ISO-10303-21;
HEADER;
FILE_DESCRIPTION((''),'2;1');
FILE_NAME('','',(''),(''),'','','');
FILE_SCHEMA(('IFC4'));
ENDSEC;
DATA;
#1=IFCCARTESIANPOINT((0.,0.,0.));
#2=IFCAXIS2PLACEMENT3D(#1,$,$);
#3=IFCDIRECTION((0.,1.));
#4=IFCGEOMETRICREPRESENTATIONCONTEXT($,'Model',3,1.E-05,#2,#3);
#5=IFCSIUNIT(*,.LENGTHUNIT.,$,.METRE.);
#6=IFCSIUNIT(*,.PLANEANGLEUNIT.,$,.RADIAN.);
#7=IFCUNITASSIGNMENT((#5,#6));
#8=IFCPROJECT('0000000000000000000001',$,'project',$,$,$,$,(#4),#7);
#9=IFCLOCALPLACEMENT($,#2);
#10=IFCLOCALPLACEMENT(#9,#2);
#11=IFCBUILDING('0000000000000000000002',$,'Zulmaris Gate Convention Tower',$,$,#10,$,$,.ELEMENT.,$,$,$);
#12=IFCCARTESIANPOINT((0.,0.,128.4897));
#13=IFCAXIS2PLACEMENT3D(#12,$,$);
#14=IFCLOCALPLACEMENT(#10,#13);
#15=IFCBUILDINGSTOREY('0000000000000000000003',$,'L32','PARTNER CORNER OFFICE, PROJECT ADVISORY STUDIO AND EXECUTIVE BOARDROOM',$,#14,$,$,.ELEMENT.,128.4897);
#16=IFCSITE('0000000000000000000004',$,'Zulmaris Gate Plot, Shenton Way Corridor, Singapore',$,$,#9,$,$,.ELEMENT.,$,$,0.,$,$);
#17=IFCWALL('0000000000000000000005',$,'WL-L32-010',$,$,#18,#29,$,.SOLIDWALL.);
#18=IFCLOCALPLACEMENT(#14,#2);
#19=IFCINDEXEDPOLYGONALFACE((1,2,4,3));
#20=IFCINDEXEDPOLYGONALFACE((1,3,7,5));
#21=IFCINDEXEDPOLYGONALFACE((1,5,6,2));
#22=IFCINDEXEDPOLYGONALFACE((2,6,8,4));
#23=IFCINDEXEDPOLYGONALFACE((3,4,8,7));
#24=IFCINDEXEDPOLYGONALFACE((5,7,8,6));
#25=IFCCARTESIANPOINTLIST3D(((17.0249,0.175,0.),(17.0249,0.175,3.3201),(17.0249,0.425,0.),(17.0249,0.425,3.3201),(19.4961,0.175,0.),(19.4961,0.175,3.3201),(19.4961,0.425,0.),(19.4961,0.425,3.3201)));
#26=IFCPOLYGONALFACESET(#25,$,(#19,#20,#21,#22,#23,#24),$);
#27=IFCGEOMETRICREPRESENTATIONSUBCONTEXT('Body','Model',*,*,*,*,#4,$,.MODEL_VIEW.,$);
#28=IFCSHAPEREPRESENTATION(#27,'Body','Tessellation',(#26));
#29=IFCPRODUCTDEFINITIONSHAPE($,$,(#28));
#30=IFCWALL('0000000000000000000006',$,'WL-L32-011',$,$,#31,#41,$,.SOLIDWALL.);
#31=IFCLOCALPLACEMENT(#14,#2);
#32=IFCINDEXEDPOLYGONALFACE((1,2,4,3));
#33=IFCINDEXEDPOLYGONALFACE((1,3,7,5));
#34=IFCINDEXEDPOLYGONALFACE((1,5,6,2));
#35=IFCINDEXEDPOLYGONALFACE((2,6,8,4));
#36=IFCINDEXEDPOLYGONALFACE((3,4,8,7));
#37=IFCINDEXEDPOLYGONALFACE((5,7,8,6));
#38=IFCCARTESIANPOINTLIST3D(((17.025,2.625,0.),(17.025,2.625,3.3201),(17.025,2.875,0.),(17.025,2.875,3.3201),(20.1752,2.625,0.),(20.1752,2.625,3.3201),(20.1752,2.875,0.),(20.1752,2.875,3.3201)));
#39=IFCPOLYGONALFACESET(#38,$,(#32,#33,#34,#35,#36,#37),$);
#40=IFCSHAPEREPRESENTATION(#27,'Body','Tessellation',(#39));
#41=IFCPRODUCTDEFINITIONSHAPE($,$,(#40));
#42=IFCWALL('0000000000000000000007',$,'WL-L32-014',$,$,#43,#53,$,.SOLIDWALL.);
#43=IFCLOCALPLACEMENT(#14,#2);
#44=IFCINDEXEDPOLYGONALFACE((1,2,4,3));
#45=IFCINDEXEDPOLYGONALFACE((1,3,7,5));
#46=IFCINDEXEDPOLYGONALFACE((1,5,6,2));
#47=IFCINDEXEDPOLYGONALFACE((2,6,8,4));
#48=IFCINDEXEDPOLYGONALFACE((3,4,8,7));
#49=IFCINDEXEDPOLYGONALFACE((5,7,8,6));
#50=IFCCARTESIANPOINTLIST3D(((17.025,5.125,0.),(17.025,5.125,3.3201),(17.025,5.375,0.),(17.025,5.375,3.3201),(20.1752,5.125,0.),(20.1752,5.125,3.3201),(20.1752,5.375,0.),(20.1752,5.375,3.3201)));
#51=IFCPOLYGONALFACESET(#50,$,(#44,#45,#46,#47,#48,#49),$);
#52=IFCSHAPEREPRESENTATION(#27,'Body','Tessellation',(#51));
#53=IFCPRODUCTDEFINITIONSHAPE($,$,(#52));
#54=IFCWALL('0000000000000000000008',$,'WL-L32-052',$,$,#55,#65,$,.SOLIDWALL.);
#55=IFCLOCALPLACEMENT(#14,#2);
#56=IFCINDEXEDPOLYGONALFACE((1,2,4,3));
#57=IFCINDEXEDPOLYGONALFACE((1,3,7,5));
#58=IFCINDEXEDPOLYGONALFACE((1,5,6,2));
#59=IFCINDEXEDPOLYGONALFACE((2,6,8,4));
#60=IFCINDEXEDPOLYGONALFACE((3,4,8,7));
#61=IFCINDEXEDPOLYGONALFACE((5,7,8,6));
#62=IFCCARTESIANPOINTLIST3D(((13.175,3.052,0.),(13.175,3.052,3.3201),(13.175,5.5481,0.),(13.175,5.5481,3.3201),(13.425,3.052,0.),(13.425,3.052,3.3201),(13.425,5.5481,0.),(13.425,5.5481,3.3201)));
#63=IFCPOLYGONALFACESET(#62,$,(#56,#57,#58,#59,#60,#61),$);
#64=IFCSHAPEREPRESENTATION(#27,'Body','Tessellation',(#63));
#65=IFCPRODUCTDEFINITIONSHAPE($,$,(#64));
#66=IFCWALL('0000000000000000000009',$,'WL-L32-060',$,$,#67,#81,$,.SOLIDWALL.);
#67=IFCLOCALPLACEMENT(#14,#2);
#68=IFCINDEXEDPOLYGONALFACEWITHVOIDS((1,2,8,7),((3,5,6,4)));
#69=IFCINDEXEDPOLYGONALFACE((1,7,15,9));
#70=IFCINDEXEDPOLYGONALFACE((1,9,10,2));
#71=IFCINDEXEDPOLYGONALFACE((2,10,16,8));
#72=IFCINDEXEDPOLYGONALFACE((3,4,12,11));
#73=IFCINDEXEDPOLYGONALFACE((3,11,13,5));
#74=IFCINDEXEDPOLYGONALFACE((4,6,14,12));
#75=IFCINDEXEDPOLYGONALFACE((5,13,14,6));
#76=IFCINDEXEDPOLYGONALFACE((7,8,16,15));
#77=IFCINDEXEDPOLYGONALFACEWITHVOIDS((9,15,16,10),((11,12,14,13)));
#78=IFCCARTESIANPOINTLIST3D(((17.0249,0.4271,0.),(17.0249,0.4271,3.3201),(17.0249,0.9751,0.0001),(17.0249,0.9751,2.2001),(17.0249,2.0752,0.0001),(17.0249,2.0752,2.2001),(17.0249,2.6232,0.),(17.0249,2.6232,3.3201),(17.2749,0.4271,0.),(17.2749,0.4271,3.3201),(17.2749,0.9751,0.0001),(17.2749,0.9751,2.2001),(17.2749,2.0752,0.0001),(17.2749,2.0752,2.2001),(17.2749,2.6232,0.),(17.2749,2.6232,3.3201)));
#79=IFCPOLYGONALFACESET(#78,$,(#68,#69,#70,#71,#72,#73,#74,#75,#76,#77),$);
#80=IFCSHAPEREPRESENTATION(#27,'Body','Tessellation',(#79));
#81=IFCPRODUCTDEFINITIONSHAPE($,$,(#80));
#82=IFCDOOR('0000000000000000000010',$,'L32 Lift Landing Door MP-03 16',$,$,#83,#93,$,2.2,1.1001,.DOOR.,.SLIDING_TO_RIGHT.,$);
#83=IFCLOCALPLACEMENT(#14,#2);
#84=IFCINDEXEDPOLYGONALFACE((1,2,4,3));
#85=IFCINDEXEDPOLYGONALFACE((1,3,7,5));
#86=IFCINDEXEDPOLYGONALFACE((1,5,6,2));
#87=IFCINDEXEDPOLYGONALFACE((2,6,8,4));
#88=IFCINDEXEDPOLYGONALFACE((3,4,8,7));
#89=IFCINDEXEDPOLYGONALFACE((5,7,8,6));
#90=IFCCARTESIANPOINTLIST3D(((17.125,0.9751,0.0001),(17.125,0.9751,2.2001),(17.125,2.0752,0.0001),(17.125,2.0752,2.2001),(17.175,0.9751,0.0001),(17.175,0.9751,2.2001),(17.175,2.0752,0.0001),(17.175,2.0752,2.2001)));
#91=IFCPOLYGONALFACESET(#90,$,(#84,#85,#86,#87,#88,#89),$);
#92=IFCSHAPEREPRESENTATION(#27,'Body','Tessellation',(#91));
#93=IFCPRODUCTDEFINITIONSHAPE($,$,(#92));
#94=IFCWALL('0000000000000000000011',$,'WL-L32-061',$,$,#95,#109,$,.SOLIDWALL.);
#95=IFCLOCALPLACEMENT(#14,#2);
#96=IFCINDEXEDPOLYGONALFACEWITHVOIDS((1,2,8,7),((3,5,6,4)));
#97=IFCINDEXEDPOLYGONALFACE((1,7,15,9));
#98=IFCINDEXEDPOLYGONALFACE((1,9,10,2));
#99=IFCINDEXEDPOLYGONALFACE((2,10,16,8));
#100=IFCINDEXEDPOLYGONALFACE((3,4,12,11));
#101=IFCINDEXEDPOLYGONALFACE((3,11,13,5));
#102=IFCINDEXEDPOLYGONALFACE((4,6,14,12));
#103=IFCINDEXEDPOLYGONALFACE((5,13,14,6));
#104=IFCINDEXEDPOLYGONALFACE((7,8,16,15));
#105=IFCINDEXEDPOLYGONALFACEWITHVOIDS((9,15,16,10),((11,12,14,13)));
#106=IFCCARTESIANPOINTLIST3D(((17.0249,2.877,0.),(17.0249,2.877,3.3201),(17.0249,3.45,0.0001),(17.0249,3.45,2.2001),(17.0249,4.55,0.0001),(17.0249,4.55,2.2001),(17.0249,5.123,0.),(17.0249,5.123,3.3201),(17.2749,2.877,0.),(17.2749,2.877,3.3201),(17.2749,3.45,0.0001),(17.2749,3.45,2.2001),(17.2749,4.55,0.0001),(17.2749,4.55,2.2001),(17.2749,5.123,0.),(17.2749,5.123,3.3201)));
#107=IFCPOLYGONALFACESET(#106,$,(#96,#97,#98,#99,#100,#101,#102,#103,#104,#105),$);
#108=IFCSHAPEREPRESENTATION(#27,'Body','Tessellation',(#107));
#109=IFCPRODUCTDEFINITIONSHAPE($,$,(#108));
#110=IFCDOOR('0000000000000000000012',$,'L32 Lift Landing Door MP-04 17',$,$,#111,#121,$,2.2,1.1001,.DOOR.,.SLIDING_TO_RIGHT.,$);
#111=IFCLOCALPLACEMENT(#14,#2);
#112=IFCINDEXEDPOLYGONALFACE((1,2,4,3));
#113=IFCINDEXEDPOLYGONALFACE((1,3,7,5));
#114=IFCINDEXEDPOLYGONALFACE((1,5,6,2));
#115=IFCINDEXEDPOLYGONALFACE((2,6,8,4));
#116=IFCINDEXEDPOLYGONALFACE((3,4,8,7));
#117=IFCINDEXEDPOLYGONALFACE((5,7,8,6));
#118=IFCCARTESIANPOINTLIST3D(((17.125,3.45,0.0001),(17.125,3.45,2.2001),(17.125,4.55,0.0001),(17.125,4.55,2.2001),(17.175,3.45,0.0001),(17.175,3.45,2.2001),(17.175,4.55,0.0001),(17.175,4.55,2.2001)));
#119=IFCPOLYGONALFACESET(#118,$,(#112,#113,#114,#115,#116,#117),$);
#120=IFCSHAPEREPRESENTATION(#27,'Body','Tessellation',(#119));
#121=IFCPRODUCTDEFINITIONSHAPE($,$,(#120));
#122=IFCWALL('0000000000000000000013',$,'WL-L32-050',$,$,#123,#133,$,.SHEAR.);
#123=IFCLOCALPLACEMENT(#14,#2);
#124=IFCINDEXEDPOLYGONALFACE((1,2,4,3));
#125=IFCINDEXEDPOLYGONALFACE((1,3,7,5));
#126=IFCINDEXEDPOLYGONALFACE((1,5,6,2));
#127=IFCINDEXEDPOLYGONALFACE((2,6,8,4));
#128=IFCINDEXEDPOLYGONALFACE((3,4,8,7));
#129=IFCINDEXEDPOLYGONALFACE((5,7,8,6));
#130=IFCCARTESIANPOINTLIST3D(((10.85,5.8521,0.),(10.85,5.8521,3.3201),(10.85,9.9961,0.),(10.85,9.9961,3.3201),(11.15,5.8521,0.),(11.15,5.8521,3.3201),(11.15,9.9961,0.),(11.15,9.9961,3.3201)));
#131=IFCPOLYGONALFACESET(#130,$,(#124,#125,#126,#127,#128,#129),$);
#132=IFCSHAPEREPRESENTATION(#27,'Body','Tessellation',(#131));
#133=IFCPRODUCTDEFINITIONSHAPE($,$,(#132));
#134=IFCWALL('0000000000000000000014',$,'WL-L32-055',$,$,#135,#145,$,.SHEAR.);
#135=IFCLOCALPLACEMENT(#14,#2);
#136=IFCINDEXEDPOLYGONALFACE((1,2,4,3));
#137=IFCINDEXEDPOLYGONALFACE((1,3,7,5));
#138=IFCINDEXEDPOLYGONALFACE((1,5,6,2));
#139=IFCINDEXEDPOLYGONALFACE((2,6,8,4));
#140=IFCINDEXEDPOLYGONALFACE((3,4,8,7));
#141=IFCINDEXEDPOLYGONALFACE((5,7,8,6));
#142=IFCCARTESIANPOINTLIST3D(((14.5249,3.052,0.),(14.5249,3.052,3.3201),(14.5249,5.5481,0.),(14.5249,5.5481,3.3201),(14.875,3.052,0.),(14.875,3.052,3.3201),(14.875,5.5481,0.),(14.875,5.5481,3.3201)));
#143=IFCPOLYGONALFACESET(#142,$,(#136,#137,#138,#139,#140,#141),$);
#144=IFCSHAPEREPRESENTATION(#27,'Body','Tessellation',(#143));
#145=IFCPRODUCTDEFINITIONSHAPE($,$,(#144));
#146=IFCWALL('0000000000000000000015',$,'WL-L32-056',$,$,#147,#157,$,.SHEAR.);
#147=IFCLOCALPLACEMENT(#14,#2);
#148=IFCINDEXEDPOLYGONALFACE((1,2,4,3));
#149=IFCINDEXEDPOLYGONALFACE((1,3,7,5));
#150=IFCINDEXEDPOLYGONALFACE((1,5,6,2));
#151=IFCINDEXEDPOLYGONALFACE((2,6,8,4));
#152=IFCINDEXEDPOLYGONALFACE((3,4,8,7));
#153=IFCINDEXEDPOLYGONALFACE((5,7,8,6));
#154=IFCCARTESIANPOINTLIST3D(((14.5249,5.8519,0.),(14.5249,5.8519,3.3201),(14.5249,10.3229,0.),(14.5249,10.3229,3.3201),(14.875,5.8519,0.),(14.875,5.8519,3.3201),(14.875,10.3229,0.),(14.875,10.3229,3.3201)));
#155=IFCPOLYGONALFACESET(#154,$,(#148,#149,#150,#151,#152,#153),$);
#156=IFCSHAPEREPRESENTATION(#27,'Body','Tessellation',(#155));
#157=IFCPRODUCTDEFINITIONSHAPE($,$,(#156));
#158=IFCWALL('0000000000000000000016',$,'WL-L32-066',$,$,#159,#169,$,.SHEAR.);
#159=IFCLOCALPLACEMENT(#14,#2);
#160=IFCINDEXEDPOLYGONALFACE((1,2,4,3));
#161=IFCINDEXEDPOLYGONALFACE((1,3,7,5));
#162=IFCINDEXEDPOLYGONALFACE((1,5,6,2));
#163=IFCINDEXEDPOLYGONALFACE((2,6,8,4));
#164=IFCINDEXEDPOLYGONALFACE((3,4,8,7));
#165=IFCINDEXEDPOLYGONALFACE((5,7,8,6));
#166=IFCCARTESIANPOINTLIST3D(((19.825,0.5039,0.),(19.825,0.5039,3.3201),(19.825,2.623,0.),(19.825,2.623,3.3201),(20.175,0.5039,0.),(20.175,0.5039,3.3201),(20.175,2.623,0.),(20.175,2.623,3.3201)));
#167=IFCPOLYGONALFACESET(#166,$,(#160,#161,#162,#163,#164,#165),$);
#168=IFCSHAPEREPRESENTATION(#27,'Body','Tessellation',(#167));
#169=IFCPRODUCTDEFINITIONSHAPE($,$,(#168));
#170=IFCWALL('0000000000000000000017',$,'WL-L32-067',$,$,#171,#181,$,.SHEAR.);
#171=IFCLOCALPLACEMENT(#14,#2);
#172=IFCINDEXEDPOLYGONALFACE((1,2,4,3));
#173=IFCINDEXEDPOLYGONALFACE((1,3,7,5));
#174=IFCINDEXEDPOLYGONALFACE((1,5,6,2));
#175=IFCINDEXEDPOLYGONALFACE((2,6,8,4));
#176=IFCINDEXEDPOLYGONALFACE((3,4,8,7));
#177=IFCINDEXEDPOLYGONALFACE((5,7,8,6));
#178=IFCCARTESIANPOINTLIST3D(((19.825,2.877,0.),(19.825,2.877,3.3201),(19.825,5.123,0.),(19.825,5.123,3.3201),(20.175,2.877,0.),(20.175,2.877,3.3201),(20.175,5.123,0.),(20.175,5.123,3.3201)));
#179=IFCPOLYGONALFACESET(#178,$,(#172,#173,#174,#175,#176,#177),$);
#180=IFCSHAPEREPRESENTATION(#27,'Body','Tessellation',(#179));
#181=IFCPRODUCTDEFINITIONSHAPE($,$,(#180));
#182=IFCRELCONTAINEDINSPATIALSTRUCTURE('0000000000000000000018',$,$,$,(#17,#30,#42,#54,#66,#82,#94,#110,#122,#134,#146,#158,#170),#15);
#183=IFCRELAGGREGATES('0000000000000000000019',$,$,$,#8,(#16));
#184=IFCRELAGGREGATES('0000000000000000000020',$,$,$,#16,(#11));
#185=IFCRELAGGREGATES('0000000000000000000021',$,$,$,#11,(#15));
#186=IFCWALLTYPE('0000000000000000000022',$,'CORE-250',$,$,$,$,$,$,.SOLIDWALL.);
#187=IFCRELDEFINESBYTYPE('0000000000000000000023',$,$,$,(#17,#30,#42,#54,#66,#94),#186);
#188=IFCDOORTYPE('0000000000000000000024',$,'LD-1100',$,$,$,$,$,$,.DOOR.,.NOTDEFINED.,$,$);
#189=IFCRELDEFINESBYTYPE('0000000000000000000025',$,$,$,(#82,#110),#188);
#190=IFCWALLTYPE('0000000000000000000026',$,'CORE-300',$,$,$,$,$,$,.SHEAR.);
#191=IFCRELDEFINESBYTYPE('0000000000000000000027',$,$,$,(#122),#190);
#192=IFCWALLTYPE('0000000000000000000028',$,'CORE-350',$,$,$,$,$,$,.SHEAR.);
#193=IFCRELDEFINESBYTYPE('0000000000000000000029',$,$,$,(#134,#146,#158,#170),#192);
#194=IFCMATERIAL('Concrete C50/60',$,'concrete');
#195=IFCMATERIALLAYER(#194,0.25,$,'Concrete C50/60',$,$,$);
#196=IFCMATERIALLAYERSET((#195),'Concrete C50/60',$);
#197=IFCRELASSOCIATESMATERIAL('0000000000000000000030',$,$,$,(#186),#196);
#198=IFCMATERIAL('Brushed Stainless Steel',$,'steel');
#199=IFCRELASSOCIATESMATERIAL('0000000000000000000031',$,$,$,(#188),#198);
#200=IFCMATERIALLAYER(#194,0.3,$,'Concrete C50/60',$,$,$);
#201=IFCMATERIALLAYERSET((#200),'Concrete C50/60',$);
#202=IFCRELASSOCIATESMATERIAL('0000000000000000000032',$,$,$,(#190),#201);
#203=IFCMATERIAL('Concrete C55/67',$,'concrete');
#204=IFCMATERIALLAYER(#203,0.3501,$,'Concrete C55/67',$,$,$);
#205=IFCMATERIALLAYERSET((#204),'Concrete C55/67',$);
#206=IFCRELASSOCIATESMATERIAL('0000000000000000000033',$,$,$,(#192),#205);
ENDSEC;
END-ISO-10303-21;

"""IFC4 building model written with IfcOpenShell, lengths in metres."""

from ifc_helpers import new_model, si_unit, direction, frame, frame_2d, origin, place, context, subcontext, project, spatial, rectangle, extrude, material, layer, layer_set, type_object, element, fill, save


model = new_model("IFC4")

# Units and contexts
model_context = context("Model", 3, precision=1e-05, world=origin(), true_north=direction((0.0, 1.0)))
body_context = subcontext(model_context, "Body", "Model", "MODEL_VIEW")
ifc_project = project(units=[si_unit("LENGTHUNIT", "METRE"), si_unit("PLANEANGLEUNIT", "RADIAN")], contexts=[model_context])

# Site, building, storey
site_placement = place(None, origin())
site = spatial("IfcSite", under=ifc_project, at=site_placement, Name="Zulmaris Gate Plot, Shenton Way Corridor, Singapore", CompositionType="ELEMENT", RefElevation=0.0)
building_placement = place(site_placement, origin())
building = spatial("IfcBuilding", under=site, at=building_placement, Name="Zulmaris Gate Convention Tower", CompositionType="ELEMENT")
storey_placement = place(building_placement, frame((0.0, 0.0, 128.4897)))
storey = spatial("IfcBuildingStorey", under=building, at=storey_placement, Name="L32", Description="PARTNER CORNER OFFICE, PROJECT ADVISORY STUDIO AND EXECUTIVE BOARDROOM", CompositionType="ELEMENT", Elevation=128.4897)

# Walls
ifc_material_1 = material(Name="Concrete C50/60", Category="concrete")
ifc_layer_1 = layer(ifc_material_1, 0.25, Name="Concrete C50/60")
ifc_layer_set_1 = layer_set([ifc_layer_1], Name="Concrete C50/60")
wall_type_1 = type_object("IfcWallType", Name="CORE-250", PredefinedType="SOLIDWALL", material=ifc_layer_set_1)
wall_1_placement = place(storey_placement, frame((17.0249, 0.3, 0.0), z_axis=(0.0, 0.0, 1.0), x_axis=(1.0, 0.0, 0.0)))
element("IfcWall", 1, at=wall_1_placement, inside=storey, type_object=wall_type_1, Name="WL-L32-010", PredefinedType="SOLIDWALL", context=body_context, shape_type="SweptSolid", body=[
    extrude(rectangle(XDim=2.4712, YDim=0.25, at=frame_2d((1.2356, 0.0))), origin(), (0.0, 0.0, 1.0), 3.3201),
])
for number, where, z_axis, x_axis, name in (
    (2, (17.0249, 2.75, 0.0), (0.0, 0.0, 1.0), (1.0, 0.0, 0.0), "WL-L32-011"),
    (3, (17.0249, 5.25, 0.0), (0.0, 0.0, 1.0), (1.0, 0.0, 0.0), "WL-L32-014"),
):
    element("IfcWall", number, at=place(storey_placement, frame(where, z_axis=z_axis, x_axis=x_axis)), inside=storey, type_object=wall_type_1, Name=name, PredefinedType="SOLIDWALL", context=body_context, shape_type="SweptSolid", body=[
        extrude(rectangle(XDim=3.1501, YDim=0.25, at=frame_2d((1.5752, 0.0))), origin(), (0.0, 0.0, 1.0), 3.3201),
    ])
wall_2_placement = place(storey_placement, frame((13.3, 3.052, 0.0), z_axis=(0.0, 0.0, 1.0), x_axis=(0.0, 1.0, 0.0)))
element("IfcWall", 4, at=wall_2_placement, inside=storey, type_object=wall_type_1, Name="WL-L32-052", PredefinedType="SOLIDWALL", context=body_context, shape_type="SweptSolid", body=[
    extrude(rectangle(XDim=2.4961, YDim=0.25, at=frame_2d((1.248, 0.0))), origin(), (0.0, 0.0, 1.0), 3.3201),
])

# Walls, openings, doors
wall_3_placement = place(storey_placement, frame((17.1499, 0.427, 0.0), z_axis=(0.0, 0.0, 1.0), x_axis=(0.0, 1.0, 0.0)))
wall_3 = element("IfcWall", 5, at=wall_3_placement, inside=storey, type_object=wall_type_1, Name="WL-L32-060", PredefinedType="SOLIDWALL", context=body_context, shape_type="SweptSolid", body=[
    extrude(rectangle(XDim=2.196, YDim=0.25, at=frame_2d((1.0981, 0.0))), origin(), (0.0, 0.0, 1.0), 3.3201),
])
opening_1_placement = place(wall_3_placement, frame((0.5481, 0.0, 0.0)))
opening_1 = element("IfcOpeningElement", 6, at=opening_1_placement, cuts=wall_3, PredefinedType="OPENING", context=body_context, shape_type="SweptSolid", body=[
    extrude(rectangle(XDim=1.1001, YDim=2.2, at=frame_2d((0.55, 1.1001))), frame((0.0, 0.135, 0.0), z_axis=(0.0, -1.0, 0.0), x_axis=(1.0, 0.0, 0.0)), (0.0, 0.0, 1.0), 0.27),
])
ifc_material_2 = material(Name="Brushed Stainless Steel", Category="steel")
door_type_1 = type_object("IfcDoorType", Name="LD-1100", OperationType="NOTDEFINED", PredefinedType="DOOR", material=ifc_material_2)
door_1_placement = place(opening_1_placement, origin())
door_1 = element("IfcDoor", 7, at=door_1_placement, inside=storey, type_object=door_type_1, Name="L32 Lift Landing Door MP-03 16", OperationType="SLIDING_TO_RIGHT", OverallHeight=2.2, OverallWidth=1.1001, PredefinedType="DOOR", context=body_context, shape_type="SweptSolid", body=[
    extrude(rectangle(XDim=1.1001, YDim=2.2, at=frame_2d((0.55, 1.1001))), frame((0.0, 0.0249, 0.0), z_axis=(0.0, -1.0, 0.0), x_axis=(1.0, 0.0, 0.0)), (0.0, 0.0, 1.0), 0.05),
])
fill(opening_1, door_1)
wall_4_placement = place(storey_placement, frame((17.1499, 2.877, 0.0), z_axis=(0.0, 0.0, 1.0), x_axis=(0.0, 1.0, 0.0)))
wall_4 = element("IfcWall", 8, at=wall_4_placement, inside=storey, type_object=wall_type_1, Name="WL-L32-061", PredefinedType="SOLIDWALL", context=body_context, shape_type="SweptSolid", body=[
    extrude(rectangle(XDim=2.2461, YDim=0.25, at=frame_2d((1.123, 0.0))), origin(), (0.0, 0.0, 1.0), 3.3201),
])
opening_2_placement = place(wall_4_placement, frame((0.573, 0.0, 0.0)))
opening_2 = element("IfcOpeningElement", 9, at=opening_2_placement, cuts=wall_4, PredefinedType="OPENING", context=body_context, shape_type="SweptSolid", body=[
    extrude(rectangle(XDim=1.1001, YDim=2.2, at=frame_2d((0.55, 1.1001))), frame((0.0, 0.135, 0.0), z_axis=(0.0, -1.0, 0.0), x_axis=(1.0, 0.0, 0.0)), (0.0, 0.0, 1.0), 0.27),
])
door_2_placement = place(opening_2_placement, origin())
door_2 = element("IfcDoor", 10, at=door_2_placement, inside=storey, type_object=door_type_1, Name="L32 Lift Landing Door MP-04 17", OperationType="SLIDING_TO_RIGHT", OverallHeight=2.2, OverallWidth=1.1001, PredefinedType="DOOR", context=body_context, shape_type="SweptSolid", body=[
    extrude(rectangle(XDim=1.1001, YDim=2.2, at=frame_2d((0.55, 1.1001))), frame((0.0, 0.0249, 0.0), z_axis=(0.0, -1.0, 0.0), x_axis=(1.0, 0.0, 0.0)), (0.0, 0.0, 1.0), 0.05),
])
fill(opening_2, door_2)

# Walls
ifc_layer_2 = layer(ifc_material_1, 0.3, Name="Concrete C50/60")
ifc_layer_set_2 = layer_set([ifc_layer_2], Name="Concrete C50/60")
wall_type_2 = type_object("IfcWallType", Name="CORE-300", PredefinedType="SHEAR", material=ifc_layer_set_2)
wall_5_placement = place(storey_placement, frame((11.0, 5.8521, 0.0), z_axis=(0.0, 0.0, 1.0), x_axis=(0.0, 1.0, 0.0)))
element("IfcWall", 11, at=wall_5_placement, inside=storey, type_object=wall_type_2, Name="WL-L32-050", PredefinedType="SHEAR", context=body_context, shape_type="SweptSolid", body=[
    extrude(rectangle(XDim=4.144, YDim=0.3, at=frame_2d((2.072, 0.0))), origin(), (0.0, 0.0, 1.0), 3.3201),
])
ifc_material_3 = material(Name="Concrete C55/67", Category="concrete")
ifc_layer_3 = layer(ifc_material_3, 0.3501, Name="Concrete C55/67")
ifc_layer_set_3 = layer_set([ifc_layer_3], Name="Concrete C55/67")
wall_type_3 = type_object("IfcWallType", Name="CORE-350", PredefinedType="SHEAR", material=ifc_layer_set_3)
wall_6_placement = place(storey_placement, frame((14.7, 3.052, 0.0), z_axis=(0.0, 0.0, 1.0), x_axis=(0.0, 1.0, 0.0)))
element("IfcWall", 12, at=wall_6_placement, inside=storey, type_object=wall_type_3, Name="WL-L32-055", PredefinedType="SHEAR", context=body_context, shape_type="SweptSolid", body=[
    extrude(rectangle(XDim=2.4961, YDim=0.3501, at=frame_2d((1.248, 0.0))), origin(), (0.0, 0.0, 1.0), 3.3201),
])
wall_7_placement = place(storey_placement, frame((14.7, 5.8521, 0.0), z_axis=(0.0, 0.0, 1.0), x_axis=(0.0, 1.0, 0.0)))
element("IfcWall", 13, at=wall_7_placement, inside=storey, type_object=wall_type_3, Name="WL-L32-056", PredefinedType="SHEAR", context=body_context, shape_type="SweptSolid", body=[
    extrude(rectangle(XDim=4.4709, YDim=0.3501, at=frame_2d((2.2354, 0.0))), origin(), (0.0, 0.0, 1.0), 3.3201),
])
wall_8_placement = place(storey_placement, frame((20.0, 0.5039, 0.0), z_axis=(0.0, 0.0, 1.0), x_axis=(0.0, 1.0, 0.0)))
element("IfcWall", 14, at=wall_8_placement, inside=storey, type_object=wall_type_3, Name="WL-L32-066", PredefinedType="SHEAR", context=body_context, shape_type="SweptSolid", body=[
    extrude(rectangle(XDim=2.1191, YDim=0.3501, at=frame_2d((1.0596, 0.0))), origin(), (0.0, 0.0, 1.0), 3.3201),
])
wall_9_placement = place(storey_placement, frame((20.0, 2.877, 0.0), z_axis=(0.0, 0.0, 1.0), x_axis=(0.0, 1.0, 0.0)))
element("IfcWall", 15, at=wall_9_placement, inside=storey, type_object=wall_type_3, Name="WL-L32-067", PredefinedType="SHEAR", context=body_context, shape_type="SweptSolid", body=[
    extrude(rectangle(XDim=2.2461, YDim=0.3501, at=frame_2d((1.123, 0.0))), origin(), (0.0, 0.0, 1.0), 3.3201),
])

save(model, "model.ifc")
